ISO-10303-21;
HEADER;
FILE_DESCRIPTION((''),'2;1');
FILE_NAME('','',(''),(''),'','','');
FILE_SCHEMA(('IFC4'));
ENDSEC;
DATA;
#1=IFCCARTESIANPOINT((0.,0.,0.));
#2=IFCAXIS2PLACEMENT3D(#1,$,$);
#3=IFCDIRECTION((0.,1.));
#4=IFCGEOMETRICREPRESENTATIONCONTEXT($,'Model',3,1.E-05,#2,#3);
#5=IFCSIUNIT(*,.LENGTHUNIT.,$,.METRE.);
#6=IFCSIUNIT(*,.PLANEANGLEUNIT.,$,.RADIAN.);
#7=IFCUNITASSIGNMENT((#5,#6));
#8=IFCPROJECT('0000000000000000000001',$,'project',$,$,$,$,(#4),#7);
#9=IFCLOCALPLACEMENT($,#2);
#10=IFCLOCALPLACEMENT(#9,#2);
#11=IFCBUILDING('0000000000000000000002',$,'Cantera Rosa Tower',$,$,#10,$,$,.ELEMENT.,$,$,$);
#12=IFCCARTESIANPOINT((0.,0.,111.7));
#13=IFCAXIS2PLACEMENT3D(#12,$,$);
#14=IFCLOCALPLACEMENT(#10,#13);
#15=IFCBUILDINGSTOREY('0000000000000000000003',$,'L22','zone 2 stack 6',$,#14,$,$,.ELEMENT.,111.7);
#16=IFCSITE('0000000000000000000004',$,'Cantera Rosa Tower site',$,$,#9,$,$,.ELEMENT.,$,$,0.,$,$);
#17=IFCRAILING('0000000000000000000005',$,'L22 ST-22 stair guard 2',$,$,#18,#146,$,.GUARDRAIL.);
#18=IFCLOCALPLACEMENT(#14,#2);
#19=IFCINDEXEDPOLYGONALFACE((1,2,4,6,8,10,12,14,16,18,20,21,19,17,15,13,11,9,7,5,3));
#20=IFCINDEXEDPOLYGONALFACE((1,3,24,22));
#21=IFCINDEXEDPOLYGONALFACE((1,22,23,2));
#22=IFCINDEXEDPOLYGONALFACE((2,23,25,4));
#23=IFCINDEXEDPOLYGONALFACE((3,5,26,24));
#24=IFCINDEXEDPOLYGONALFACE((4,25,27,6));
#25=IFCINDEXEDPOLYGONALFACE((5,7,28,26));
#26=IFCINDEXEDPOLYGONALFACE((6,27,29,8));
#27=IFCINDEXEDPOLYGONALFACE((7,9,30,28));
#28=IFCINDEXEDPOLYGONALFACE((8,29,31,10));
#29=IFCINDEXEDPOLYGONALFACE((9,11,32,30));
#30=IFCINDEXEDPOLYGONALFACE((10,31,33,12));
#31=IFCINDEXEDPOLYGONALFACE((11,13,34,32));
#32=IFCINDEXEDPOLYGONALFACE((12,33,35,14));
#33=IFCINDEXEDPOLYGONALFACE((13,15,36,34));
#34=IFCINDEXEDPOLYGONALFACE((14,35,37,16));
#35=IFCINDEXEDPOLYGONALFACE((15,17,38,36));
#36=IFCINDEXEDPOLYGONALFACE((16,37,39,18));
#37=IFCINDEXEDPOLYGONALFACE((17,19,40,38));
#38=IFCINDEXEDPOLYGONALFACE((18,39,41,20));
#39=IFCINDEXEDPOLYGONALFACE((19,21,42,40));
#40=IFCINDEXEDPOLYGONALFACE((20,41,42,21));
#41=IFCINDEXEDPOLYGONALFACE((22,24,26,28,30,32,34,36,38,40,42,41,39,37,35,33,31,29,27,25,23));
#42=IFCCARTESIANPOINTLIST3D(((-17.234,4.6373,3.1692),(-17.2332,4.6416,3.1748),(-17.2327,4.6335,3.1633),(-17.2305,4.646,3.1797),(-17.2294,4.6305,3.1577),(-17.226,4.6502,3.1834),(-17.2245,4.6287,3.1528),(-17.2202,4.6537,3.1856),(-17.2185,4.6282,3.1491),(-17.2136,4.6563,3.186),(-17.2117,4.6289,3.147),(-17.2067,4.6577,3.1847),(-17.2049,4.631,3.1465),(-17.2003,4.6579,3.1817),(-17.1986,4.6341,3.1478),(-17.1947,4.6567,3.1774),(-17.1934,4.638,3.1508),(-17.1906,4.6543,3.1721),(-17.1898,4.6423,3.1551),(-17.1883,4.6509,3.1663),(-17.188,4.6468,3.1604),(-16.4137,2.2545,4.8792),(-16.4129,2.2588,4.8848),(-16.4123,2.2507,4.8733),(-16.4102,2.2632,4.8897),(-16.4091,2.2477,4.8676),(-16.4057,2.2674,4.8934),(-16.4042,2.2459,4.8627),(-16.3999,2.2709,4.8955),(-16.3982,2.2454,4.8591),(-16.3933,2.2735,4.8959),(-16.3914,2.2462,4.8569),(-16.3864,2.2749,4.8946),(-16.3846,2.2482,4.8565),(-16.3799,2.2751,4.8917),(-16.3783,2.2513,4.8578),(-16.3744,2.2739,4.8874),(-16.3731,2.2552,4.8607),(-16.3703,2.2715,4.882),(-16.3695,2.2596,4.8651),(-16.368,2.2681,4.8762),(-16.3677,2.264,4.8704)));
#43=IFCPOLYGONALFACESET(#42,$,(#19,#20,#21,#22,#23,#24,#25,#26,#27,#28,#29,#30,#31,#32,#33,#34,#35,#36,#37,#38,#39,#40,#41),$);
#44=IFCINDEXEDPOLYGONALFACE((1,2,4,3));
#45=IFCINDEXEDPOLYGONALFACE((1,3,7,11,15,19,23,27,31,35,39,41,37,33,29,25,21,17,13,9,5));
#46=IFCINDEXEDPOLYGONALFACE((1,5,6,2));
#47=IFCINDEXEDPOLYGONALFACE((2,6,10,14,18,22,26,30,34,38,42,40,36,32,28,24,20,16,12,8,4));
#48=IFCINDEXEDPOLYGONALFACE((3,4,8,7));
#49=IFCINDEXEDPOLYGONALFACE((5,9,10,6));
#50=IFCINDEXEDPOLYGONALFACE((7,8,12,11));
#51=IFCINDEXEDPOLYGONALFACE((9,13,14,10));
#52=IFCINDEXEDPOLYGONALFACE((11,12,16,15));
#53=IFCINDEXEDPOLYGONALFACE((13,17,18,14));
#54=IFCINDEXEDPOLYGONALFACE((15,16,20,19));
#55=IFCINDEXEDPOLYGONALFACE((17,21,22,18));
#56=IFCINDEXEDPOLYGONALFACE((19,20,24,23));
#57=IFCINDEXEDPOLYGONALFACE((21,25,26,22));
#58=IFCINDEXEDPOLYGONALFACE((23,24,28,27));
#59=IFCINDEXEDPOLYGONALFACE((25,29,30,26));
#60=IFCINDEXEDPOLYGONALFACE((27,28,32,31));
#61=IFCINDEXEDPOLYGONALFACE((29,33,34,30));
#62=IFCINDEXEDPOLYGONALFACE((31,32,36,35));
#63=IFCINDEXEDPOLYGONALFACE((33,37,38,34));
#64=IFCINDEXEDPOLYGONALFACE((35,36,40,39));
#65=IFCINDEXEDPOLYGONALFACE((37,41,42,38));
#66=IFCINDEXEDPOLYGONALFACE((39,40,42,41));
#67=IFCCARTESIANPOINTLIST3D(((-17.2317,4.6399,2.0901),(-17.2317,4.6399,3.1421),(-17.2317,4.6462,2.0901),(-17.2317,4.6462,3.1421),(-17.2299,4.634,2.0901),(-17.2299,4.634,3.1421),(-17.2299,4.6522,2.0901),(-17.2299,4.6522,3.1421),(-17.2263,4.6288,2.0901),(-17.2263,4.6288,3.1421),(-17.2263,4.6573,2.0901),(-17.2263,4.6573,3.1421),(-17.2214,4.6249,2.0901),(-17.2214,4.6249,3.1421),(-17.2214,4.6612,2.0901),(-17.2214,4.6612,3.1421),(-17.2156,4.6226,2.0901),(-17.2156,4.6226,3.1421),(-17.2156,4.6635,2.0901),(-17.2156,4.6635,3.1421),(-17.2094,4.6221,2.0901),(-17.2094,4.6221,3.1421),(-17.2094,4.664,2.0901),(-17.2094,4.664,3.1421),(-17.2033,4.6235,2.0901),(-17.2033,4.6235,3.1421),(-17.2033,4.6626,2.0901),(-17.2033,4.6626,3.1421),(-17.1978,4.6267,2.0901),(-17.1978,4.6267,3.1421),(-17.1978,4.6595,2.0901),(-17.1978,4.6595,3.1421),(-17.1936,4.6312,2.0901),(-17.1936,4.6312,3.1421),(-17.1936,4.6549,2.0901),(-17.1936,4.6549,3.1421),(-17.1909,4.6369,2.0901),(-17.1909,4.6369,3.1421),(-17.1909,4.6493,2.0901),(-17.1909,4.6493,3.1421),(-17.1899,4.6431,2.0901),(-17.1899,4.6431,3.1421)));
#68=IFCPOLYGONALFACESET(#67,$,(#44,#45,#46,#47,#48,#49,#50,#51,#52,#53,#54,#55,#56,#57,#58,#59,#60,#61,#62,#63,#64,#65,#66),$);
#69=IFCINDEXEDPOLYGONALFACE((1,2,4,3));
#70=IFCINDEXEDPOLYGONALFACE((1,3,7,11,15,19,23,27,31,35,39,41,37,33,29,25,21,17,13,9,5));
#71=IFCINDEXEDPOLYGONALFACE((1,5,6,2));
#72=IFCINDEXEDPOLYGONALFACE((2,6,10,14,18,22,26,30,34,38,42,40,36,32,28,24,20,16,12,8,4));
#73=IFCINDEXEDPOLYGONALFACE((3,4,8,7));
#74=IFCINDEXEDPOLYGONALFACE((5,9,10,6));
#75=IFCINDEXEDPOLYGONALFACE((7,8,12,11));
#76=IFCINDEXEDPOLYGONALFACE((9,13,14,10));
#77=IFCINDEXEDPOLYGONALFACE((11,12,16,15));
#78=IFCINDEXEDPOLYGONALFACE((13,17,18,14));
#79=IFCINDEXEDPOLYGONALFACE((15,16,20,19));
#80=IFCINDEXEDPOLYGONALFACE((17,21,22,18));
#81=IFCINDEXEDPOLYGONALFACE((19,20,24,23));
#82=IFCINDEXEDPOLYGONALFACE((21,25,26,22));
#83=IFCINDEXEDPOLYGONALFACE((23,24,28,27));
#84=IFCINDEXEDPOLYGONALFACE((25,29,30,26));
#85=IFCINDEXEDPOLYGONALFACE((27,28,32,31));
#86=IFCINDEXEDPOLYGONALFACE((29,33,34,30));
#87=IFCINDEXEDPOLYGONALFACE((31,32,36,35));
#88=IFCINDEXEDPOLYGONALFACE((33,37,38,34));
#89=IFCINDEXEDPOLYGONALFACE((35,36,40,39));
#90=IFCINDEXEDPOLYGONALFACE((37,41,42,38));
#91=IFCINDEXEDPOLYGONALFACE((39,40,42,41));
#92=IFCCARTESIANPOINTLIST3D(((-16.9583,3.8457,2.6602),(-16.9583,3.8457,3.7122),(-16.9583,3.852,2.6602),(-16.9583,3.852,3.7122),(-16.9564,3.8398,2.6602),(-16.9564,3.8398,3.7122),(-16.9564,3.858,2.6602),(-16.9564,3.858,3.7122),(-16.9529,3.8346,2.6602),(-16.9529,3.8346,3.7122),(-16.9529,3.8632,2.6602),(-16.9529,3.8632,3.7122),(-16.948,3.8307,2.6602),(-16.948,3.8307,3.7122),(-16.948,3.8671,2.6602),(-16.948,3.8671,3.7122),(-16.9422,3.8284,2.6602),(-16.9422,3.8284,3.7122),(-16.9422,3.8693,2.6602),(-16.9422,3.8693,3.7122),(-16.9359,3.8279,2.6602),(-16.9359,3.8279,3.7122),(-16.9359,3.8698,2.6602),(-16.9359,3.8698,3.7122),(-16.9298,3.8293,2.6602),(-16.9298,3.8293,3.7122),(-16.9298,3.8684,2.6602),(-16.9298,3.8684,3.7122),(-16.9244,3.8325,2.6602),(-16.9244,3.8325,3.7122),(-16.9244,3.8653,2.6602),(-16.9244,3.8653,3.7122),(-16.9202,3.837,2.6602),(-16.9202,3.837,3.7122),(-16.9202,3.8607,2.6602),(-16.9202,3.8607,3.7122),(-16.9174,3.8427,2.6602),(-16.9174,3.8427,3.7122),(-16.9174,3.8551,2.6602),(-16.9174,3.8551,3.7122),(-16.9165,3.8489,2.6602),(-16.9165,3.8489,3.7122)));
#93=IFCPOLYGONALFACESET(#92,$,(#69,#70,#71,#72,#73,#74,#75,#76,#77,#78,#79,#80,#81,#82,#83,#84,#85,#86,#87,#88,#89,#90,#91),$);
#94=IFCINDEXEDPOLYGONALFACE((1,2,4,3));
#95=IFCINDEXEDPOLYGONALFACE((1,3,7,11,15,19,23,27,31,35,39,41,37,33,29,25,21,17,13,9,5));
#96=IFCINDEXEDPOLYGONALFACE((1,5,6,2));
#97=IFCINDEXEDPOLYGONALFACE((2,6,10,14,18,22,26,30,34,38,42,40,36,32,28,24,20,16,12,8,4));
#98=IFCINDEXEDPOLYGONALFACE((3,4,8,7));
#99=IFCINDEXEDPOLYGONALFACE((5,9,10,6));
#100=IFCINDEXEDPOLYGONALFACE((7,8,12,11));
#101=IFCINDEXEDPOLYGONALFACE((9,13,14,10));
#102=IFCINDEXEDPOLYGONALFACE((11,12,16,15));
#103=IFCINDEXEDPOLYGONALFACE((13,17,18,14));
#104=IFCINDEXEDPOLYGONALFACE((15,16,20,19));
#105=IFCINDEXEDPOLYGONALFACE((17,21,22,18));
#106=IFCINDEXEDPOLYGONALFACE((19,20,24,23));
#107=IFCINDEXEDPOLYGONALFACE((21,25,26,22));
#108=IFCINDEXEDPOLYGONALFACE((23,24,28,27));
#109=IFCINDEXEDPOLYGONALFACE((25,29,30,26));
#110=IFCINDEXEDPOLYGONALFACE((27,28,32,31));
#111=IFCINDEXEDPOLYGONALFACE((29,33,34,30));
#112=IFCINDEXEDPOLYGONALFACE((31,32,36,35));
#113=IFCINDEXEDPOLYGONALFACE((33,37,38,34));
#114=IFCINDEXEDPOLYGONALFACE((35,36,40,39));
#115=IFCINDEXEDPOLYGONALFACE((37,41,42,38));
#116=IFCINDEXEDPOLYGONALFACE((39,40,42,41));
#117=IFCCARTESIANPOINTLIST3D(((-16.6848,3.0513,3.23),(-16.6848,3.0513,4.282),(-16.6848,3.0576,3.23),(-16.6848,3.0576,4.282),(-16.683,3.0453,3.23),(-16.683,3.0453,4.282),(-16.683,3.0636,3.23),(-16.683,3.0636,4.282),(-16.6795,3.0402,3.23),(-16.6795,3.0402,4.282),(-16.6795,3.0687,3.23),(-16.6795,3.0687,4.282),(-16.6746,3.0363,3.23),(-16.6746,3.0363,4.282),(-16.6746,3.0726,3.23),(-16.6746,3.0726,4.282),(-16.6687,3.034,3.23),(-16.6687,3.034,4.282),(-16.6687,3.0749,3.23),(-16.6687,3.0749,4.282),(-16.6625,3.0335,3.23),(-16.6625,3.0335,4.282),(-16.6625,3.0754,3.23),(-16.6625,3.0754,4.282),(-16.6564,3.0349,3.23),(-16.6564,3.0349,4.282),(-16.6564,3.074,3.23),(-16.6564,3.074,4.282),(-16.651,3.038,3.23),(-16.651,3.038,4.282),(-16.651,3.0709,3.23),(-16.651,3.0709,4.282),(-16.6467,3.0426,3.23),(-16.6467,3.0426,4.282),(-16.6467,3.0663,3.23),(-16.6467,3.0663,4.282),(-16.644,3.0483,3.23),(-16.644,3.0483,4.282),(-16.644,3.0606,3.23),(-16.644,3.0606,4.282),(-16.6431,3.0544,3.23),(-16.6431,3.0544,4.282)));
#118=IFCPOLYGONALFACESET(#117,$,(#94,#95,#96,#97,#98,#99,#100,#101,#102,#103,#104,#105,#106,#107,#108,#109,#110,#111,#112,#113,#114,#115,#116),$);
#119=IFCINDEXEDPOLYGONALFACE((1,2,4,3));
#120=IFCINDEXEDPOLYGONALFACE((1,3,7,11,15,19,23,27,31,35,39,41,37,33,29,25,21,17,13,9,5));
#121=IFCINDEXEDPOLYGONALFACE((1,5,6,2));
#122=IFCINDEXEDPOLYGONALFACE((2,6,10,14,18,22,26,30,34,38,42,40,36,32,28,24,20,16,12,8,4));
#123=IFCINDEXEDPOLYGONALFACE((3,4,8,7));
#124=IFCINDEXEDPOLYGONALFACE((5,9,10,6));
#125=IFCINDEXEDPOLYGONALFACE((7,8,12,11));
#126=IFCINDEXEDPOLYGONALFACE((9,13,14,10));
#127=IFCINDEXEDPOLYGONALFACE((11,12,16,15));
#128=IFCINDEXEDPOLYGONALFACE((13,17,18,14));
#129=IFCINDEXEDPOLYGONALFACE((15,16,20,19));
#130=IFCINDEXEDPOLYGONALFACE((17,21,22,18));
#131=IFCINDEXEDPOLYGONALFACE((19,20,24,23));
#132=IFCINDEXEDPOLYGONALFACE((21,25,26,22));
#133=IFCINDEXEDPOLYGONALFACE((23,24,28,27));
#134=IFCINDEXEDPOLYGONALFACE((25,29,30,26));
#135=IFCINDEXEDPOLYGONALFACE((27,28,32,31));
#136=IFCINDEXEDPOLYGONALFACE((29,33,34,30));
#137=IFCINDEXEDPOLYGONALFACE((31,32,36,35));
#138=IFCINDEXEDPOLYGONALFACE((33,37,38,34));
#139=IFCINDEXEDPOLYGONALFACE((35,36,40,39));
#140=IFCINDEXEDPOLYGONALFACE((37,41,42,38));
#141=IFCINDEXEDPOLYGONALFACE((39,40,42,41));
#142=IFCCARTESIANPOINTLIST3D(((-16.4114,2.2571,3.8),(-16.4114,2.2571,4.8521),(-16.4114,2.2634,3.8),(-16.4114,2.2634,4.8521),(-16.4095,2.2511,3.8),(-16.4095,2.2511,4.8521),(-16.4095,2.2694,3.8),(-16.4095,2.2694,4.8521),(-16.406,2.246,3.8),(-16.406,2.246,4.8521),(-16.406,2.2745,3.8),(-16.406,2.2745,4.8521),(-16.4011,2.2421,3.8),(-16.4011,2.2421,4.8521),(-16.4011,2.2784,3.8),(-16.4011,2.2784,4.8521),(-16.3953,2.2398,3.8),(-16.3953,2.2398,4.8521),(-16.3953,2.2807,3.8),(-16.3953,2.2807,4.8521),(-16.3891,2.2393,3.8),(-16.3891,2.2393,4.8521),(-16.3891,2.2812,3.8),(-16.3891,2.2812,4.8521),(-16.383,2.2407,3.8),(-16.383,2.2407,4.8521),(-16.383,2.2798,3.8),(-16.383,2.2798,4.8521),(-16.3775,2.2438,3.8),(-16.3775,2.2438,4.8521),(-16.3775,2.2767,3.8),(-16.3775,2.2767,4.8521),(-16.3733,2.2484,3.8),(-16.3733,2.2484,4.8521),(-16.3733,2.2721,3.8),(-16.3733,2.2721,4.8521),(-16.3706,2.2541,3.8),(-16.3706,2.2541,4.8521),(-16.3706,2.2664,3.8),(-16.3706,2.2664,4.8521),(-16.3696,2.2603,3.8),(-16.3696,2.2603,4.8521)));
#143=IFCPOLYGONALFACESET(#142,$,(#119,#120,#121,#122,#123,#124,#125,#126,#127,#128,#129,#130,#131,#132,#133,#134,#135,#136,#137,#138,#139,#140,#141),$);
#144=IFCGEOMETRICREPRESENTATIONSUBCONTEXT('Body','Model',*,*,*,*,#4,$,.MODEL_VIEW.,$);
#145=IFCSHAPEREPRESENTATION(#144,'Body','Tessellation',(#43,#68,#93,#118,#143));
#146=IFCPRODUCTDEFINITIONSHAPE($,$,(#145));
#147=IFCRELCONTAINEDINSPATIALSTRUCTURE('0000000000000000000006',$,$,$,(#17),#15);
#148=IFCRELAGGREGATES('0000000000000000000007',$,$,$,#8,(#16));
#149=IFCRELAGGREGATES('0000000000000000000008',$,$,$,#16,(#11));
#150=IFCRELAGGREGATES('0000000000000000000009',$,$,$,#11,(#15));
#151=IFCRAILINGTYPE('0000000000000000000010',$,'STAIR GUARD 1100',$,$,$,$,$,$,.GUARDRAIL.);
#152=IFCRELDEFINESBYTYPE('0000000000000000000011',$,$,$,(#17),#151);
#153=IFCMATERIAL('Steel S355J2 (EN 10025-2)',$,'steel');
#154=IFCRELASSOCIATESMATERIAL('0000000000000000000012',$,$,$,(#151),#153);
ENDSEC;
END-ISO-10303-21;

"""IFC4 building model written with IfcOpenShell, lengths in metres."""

from ifc_helpers import new_model, si_unit, direction, frame, origin, origin_2d, place, context, subcontext, project, spatial, circle, extrude, material, type_object, element, save


model = new_model("IFC4")

# Units and contexts
model_context = context("Model", 3, precision=1e-05, world=origin(), true_north=direction((0.0, 1.0)))
body_context = subcontext(model_context, "Body", "Model", "MODEL_VIEW")
ifc_project = project(units=[si_unit("LENGTHUNIT", "METRE"), si_unit("PLANEANGLEUNIT", "RADIAN")], contexts=[model_context])

# Site, building, storey
site_placement = place(None, origin())
site = spatial("IfcSite", under=ifc_project, at=site_placement, Name="Cantera Rosa Tower site", CompositionType="ELEMENT", RefElevation=0.0)
building_placement = place(site_placement, origin())
building = spatial("IfcBuilding", under=site, at=building_placement, Name="Cantera Rosa Tower", CompositionType="ELEMENT")
storey_placement = place(building_placement, frame((0.0, 0.0, 111.7)))
storey = spatial("IfcBuildingStorey", under=building, at=storey_placement, Name="L22", Description="zone 2 stack 6", CompositionType="ELEMENT", Elevation=111.7)

# Railing
ifc_material_1 = material(Name="Steel S355J2 (EN 10025-2)", Category="steel")
railing_type_1 = type_object("IfcRailingType", Name="STAIR GUARD 1100", PredefinedType="GUARDRAIL", material=ifc_material_1)
railing_1_placement = place(storey_placement, frame((-17.2109, 4.6431, 2.0901)))
element("IfcRailing", 1, at=railing_1_placement, inside=storey, type_object=railing_type_1, Name="L22 ST-22 stair guard 2", PredefinedType="GUARDRAIL", context=body_context, shape_type="SweptSolid", body=[
    extrude(circle(Radius=0.0239, at=origin_2d()), frame((0.0, 0.0, 1.0762), z_axis=(0.269358, -0.782421, 0.561483), x_axis=(0.945538, 0.325513, 0.0)), (0.0, 0.0, 1.0), 3.0454),
    extrude(circle(Radius=0.021, at=origin_2d()), origin(), (0.0, 0.0, 1.0), 1.052),
    extrude(circle(Radius=0.021, at=origin_2d()), frame((0.2734, -0.7942, 0.5701)), (0.0, 0.0, 1.0), 1.052),
    extrude(circle(Radius=0.021, at=origin_2d()), frame((0.5469, -1.5886, 1.1399)), (0.0, 0.0, 1.0), 1.052),
    extrude(circle(Radius=0.021, at=origin_2d()), frame((0.8203, -2.3828, 1.71)), (0.0, 0.0, 1.0), 1.052),
])

save(model, "model.ifc")
